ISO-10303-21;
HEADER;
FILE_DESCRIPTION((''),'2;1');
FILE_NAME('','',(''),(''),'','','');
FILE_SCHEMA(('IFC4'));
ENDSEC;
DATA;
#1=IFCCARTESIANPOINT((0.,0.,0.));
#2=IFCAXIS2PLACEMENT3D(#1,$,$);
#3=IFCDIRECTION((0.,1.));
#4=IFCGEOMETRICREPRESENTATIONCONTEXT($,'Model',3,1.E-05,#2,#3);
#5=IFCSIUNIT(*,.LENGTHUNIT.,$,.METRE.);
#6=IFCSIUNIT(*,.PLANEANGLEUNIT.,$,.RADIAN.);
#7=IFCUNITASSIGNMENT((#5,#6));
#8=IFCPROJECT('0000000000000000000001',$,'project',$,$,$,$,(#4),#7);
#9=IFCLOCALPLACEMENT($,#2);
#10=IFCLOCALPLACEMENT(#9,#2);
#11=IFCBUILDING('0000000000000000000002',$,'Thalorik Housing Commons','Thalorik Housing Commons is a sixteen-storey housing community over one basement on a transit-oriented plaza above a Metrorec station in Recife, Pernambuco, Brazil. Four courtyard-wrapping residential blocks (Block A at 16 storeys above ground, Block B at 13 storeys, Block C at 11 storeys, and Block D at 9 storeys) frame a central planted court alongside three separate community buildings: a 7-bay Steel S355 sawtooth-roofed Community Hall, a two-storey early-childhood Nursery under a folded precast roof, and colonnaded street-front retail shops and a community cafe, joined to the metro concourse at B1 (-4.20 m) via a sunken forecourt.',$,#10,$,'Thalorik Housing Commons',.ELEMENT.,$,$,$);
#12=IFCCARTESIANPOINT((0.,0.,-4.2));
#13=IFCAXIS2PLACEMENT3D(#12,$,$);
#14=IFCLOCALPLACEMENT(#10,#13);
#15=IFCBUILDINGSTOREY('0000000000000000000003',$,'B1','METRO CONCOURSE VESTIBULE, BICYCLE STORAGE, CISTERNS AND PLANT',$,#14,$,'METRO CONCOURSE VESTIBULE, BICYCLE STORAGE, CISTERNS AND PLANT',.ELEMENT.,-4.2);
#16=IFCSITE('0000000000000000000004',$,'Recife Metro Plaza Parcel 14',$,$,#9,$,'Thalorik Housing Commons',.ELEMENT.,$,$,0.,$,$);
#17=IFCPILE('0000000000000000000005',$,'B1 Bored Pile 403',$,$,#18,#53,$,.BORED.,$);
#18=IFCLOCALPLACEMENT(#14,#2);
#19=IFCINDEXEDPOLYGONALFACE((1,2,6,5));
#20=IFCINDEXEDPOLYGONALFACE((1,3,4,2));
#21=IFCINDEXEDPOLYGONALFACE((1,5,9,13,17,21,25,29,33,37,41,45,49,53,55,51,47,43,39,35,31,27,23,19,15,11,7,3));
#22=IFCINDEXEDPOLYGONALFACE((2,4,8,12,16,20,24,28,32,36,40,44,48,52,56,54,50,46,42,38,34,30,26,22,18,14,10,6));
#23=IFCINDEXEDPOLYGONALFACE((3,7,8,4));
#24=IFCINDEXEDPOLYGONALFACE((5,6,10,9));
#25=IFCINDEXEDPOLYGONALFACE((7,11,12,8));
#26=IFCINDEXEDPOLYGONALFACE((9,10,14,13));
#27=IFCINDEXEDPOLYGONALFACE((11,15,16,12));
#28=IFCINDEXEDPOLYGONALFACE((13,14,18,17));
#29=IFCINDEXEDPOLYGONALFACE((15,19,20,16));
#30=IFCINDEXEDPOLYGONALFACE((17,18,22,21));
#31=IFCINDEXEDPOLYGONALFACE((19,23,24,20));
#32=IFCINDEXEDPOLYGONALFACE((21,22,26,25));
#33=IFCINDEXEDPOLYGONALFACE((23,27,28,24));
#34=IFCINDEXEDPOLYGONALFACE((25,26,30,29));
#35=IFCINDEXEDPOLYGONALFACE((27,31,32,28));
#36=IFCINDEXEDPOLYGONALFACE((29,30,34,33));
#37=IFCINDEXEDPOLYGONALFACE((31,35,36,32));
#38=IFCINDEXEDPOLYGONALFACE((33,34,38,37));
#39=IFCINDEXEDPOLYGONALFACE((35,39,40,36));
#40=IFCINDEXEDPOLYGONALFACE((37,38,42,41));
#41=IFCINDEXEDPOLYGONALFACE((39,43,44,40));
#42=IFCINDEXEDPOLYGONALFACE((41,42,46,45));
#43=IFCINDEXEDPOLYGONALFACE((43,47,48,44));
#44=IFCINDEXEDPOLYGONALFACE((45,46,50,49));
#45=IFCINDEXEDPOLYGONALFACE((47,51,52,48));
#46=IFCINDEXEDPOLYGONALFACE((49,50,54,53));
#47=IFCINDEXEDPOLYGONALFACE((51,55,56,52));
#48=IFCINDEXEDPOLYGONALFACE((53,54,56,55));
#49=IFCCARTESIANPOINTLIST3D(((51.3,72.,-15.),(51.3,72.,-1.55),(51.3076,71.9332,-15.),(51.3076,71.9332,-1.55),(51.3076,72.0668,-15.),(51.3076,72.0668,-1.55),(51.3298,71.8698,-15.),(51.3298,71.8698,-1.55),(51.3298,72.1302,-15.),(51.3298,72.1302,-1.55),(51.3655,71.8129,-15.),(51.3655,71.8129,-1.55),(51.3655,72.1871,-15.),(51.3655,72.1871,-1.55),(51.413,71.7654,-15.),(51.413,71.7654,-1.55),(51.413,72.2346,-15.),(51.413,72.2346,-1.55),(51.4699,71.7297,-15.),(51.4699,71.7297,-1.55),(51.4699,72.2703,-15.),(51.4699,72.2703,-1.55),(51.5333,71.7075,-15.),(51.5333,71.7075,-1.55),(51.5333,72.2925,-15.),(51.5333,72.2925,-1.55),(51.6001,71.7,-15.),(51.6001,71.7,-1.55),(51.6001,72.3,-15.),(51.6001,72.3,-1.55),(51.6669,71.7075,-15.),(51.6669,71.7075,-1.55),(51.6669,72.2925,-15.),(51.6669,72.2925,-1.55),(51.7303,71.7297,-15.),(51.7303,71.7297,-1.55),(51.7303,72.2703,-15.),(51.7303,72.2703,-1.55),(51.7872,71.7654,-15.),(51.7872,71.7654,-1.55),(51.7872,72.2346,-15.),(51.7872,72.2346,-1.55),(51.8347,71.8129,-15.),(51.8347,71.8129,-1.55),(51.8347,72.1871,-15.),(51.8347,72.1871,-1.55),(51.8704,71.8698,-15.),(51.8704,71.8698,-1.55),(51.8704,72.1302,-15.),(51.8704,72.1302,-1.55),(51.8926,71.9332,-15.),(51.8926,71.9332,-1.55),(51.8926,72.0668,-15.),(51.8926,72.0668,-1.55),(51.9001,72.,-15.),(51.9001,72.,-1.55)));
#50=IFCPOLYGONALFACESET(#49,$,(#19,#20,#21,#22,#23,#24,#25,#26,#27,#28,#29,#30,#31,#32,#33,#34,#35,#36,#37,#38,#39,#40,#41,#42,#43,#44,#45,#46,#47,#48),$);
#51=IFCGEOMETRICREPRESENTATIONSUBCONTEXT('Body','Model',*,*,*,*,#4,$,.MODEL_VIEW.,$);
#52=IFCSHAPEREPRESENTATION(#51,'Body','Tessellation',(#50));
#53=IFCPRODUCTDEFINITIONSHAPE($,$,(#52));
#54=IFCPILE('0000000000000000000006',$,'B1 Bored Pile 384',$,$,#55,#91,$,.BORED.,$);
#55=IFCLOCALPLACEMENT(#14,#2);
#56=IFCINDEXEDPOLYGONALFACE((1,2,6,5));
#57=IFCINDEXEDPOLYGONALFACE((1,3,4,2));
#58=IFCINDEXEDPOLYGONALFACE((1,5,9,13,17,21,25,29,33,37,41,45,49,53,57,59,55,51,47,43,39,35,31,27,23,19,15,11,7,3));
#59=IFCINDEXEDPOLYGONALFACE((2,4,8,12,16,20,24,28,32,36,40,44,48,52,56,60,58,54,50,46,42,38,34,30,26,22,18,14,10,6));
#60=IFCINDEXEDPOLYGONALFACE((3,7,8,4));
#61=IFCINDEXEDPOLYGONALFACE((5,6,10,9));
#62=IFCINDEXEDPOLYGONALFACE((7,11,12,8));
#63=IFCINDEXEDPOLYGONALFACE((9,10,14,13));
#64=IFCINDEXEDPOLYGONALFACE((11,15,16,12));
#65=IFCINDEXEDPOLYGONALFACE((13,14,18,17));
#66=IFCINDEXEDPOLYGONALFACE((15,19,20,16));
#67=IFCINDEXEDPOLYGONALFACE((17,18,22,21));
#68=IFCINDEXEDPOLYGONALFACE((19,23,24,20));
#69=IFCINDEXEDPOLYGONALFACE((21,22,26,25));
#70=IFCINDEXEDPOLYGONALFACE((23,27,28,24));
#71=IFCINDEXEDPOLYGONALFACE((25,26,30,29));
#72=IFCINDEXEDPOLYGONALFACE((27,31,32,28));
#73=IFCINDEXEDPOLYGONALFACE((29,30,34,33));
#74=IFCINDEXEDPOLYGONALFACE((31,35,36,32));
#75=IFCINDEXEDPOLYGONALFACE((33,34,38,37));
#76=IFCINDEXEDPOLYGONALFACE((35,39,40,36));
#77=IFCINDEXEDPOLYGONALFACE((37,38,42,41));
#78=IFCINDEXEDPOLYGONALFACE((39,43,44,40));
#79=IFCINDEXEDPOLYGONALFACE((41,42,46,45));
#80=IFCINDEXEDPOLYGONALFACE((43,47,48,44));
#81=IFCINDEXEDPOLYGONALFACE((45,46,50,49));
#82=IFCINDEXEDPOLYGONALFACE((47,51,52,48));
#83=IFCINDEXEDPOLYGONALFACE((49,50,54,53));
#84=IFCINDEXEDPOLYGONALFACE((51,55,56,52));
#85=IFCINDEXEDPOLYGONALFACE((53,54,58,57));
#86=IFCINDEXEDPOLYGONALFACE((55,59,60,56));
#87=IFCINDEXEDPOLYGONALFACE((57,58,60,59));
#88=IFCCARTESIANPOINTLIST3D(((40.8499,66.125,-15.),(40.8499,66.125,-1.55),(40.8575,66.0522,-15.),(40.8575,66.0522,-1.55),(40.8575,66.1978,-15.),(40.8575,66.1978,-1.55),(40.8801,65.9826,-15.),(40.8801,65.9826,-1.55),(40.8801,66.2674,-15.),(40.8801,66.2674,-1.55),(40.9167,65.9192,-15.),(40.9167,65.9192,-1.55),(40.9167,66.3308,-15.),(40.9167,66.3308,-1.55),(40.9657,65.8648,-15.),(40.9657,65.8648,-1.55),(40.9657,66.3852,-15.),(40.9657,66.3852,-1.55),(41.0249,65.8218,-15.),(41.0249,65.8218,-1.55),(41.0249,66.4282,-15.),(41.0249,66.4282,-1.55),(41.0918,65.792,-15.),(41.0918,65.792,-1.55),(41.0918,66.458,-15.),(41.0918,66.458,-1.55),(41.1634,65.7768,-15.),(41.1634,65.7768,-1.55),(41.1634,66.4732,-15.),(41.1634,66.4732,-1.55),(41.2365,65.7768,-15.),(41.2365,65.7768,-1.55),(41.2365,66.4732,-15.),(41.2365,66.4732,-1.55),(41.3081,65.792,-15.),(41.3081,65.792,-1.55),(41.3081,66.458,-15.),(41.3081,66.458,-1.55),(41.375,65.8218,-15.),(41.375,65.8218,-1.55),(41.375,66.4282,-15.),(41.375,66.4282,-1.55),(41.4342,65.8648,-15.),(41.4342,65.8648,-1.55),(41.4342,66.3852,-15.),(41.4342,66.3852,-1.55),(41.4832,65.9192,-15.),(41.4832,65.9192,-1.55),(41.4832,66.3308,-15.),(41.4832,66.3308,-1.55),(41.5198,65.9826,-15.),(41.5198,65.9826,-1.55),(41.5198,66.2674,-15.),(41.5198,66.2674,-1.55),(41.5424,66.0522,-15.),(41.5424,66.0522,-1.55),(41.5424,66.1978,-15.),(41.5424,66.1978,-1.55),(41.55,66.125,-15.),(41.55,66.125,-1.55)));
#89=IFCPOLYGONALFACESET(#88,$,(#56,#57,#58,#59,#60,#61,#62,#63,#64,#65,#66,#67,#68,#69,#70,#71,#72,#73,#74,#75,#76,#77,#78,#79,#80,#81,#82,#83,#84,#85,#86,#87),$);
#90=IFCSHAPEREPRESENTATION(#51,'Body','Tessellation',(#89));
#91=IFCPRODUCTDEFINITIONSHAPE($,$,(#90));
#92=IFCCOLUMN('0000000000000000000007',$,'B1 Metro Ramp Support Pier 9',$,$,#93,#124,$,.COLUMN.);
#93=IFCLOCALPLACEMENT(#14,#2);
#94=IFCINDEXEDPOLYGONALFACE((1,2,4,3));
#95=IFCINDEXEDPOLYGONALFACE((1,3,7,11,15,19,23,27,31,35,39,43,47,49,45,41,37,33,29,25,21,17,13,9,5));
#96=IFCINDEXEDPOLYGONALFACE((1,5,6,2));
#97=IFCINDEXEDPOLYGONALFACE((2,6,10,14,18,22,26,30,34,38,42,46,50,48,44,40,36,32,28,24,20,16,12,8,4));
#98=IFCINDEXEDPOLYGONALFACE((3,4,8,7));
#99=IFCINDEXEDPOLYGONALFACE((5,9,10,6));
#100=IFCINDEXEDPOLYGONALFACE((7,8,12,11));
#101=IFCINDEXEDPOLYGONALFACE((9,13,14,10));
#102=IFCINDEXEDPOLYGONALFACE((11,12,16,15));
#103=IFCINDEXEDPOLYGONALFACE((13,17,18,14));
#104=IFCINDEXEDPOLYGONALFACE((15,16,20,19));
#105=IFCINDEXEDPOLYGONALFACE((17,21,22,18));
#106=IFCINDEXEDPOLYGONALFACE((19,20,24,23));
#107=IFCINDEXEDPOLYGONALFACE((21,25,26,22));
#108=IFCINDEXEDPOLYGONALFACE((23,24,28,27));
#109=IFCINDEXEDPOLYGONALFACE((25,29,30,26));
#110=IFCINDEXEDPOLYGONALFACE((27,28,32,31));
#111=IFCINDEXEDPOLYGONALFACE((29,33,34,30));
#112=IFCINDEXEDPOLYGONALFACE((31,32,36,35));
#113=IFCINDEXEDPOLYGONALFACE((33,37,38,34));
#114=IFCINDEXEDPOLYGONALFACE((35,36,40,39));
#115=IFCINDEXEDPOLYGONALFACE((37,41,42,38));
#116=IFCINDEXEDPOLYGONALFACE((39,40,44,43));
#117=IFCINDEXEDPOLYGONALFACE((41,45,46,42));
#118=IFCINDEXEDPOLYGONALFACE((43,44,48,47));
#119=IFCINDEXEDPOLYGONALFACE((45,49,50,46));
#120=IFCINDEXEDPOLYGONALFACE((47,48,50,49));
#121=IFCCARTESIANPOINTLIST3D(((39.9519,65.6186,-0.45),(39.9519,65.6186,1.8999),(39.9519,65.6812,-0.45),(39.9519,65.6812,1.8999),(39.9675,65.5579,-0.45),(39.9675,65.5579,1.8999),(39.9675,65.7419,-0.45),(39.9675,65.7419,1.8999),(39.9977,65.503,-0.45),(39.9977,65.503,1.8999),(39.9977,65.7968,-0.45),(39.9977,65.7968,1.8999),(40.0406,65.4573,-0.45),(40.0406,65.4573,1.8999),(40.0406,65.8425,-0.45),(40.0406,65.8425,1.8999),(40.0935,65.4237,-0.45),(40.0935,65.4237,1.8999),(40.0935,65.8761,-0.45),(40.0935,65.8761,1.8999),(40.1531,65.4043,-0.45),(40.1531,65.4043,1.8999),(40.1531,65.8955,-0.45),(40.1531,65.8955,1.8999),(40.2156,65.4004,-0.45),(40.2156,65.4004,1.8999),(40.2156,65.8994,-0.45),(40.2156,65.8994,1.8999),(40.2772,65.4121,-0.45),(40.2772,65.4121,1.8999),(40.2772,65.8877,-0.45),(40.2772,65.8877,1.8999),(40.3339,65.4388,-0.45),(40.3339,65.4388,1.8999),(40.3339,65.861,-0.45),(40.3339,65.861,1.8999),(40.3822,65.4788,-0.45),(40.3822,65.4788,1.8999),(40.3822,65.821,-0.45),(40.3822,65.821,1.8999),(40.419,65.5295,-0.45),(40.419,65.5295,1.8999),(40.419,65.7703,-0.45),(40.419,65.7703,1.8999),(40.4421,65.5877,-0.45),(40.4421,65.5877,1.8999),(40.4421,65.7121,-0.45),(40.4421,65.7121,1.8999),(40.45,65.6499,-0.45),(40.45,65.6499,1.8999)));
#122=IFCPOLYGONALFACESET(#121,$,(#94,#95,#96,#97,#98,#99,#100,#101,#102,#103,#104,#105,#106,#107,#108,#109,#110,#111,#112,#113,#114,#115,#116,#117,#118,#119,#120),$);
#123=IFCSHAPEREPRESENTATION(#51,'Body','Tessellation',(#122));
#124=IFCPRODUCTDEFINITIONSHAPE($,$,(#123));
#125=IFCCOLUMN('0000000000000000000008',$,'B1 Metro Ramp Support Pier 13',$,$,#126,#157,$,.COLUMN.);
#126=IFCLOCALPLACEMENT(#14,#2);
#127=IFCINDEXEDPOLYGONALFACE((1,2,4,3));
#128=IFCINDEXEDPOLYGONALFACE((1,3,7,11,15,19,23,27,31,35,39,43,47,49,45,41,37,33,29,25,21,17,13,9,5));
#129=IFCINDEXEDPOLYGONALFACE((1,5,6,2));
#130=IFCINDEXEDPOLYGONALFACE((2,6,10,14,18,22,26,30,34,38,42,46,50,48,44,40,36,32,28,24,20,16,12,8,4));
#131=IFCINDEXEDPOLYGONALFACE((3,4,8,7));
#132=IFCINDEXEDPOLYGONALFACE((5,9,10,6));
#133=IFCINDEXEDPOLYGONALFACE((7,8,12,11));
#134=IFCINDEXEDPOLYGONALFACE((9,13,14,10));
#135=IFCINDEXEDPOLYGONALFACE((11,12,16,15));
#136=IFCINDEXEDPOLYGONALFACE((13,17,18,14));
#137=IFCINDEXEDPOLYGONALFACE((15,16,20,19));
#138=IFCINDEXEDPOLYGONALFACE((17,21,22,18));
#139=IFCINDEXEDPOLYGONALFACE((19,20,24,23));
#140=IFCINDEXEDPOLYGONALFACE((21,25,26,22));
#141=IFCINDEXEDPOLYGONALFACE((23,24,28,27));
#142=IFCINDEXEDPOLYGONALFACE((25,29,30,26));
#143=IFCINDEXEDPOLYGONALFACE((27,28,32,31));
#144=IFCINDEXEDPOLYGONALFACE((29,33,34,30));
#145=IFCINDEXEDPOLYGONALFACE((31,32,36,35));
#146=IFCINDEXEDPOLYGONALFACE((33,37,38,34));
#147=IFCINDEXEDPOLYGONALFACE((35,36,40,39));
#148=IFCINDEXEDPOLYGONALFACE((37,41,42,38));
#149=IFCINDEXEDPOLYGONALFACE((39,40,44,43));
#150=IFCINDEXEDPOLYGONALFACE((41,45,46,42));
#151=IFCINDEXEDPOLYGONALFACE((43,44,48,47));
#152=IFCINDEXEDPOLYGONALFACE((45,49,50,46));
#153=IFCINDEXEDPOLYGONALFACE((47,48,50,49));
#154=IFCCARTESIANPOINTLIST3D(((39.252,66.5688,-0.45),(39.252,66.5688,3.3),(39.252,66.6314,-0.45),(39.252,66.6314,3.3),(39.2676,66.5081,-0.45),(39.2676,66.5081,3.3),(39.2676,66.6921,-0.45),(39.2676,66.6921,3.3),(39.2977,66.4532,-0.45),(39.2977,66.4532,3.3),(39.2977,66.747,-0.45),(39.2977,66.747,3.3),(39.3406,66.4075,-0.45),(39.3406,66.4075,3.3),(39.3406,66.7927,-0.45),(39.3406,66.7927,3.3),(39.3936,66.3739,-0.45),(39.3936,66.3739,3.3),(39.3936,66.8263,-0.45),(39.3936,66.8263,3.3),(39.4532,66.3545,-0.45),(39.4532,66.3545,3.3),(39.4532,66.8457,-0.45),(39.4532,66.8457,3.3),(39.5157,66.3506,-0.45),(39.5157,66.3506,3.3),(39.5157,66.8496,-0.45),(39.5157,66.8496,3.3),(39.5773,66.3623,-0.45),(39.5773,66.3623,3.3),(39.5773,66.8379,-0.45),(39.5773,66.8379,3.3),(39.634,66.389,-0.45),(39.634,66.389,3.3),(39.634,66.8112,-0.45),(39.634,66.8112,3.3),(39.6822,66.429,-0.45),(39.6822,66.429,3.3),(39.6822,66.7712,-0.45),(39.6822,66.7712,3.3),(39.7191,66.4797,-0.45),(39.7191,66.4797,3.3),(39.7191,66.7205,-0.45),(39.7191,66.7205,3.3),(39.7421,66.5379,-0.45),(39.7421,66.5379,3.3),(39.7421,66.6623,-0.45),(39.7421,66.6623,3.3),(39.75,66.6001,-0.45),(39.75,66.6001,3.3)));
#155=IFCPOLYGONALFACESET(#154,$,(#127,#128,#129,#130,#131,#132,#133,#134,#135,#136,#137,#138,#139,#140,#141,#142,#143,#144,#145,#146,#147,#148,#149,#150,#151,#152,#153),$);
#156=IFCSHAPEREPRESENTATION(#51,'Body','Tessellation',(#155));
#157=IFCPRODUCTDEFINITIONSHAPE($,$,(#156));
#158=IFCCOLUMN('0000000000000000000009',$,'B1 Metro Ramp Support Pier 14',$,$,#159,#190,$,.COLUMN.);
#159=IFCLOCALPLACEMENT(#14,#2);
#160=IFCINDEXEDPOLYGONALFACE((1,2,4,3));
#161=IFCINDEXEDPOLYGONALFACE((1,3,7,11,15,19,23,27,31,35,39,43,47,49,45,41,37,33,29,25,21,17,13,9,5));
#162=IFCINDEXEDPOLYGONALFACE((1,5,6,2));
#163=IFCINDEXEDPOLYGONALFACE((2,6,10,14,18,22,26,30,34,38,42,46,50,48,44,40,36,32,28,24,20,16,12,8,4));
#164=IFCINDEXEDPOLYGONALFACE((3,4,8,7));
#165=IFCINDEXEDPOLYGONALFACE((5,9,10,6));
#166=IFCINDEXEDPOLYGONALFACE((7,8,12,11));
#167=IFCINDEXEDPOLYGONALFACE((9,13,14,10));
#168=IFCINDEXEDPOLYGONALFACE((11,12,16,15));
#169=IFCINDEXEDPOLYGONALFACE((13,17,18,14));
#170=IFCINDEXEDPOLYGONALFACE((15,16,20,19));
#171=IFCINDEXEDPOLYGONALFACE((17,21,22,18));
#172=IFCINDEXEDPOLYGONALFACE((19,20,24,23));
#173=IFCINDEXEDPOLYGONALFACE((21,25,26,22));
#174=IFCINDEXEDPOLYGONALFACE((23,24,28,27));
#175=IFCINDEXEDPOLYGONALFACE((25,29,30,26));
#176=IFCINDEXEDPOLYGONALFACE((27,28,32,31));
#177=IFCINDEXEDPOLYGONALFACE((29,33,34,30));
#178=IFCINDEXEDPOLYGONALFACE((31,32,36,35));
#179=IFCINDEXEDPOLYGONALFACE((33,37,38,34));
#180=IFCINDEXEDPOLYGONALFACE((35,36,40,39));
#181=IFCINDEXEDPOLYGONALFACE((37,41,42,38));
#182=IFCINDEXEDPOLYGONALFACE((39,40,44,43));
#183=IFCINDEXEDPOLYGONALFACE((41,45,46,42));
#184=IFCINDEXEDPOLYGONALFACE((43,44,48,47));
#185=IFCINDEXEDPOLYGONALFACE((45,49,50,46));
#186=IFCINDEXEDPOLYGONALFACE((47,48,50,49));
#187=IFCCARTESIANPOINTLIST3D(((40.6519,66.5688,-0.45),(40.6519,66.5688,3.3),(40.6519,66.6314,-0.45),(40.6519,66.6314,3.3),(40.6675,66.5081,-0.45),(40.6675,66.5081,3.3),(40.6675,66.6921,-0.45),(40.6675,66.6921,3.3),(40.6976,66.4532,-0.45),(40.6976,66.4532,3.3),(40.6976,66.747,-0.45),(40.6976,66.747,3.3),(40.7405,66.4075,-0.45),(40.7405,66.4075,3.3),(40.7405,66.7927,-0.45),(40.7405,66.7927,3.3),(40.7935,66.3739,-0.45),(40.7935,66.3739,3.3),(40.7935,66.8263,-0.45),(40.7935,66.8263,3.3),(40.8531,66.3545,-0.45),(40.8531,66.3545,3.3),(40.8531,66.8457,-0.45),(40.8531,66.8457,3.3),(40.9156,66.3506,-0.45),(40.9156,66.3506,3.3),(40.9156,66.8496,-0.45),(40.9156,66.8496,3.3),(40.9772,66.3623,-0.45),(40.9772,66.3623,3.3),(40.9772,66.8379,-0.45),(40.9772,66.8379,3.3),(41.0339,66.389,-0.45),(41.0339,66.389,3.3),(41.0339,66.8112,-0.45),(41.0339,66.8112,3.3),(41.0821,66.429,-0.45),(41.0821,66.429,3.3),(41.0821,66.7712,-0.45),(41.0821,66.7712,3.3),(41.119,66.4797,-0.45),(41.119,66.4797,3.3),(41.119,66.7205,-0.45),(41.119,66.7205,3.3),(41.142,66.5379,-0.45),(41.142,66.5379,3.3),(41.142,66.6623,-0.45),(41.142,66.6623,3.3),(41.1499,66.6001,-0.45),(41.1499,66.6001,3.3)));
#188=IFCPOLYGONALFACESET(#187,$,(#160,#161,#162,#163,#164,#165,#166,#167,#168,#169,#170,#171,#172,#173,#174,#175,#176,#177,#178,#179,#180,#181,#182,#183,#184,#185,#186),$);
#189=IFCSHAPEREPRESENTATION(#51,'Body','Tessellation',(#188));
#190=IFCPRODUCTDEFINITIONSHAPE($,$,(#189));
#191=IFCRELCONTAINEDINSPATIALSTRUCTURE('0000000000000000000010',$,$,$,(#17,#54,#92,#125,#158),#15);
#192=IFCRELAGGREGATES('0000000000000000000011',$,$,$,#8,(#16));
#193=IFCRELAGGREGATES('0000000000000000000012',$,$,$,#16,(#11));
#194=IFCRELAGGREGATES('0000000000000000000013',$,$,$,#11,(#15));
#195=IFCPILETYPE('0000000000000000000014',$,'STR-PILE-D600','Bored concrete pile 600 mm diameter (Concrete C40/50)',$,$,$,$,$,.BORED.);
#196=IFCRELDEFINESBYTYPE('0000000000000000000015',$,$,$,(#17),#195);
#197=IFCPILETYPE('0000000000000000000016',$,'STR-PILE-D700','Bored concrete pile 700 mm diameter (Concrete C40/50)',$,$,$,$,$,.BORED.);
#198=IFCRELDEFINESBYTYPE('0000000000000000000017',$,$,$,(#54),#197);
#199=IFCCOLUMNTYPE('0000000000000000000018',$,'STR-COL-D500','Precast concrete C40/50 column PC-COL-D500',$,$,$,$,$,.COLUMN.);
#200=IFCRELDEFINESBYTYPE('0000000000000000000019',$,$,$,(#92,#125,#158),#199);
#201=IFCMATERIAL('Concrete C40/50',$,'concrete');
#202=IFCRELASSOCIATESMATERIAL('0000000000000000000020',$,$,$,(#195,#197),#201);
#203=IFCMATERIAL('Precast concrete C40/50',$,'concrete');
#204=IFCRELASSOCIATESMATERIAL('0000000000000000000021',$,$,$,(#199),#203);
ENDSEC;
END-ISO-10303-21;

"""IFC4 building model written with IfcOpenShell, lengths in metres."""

from ifc_helpers import new_model, si_unit, direction, frame, origin, origin_2d, place, context, subcontext, project, spatial, circle, extrude, material, material_profile, profile_set, type_object, element, save


model = new_model("IFC4")

# Units and contexts
model_context = context("Model", 3, precision=1e-05, world=origin(), true_north=direction((0.0, 1.0)))
body_context = subcontext(model_context, "Body", "Model", "MODEL_VIEW")
ifc_project = project(units=[si_unit("LENGTHUNIT", "METRE"), si_unit("PLANEANGLEUNIT", "RADIAN")], contexts=[model_context])

# Site, building, storey
site_placement = place(None, origin())
site = spatial("IfcSite", under=ifc_project, at=site_placement, Name="Recife Metro Plaza Parcel 14", LongName="Thalorik Housing Commons", CompositionType="ELEMENT", RefElevation=0.0)
building_placement = place(site_placement, origin())
building = spatial("IfcBuilding", under=site, at=building_placement, Name="Thalorik Housing Commons", Description="Thalorik Housing Commons is a sixteen-storey housing community over one basement on a transit-oriented plaza above a Metrorec station in Recife, Pernambuco, Brazil. Four courtyard-wrapping residential blocks (Block A at 16 storeys above ground, Block B at 13 storeys, Block C at 11 storeys, and Block D at 9 storeys) frame a central planted court alongside three separate community buildings: a 7-bay Steel S355 sawtooth-roofed Community Hall, a two-storey early-childhood Nursery under a folded precast roof, and colonnaded street-front retail shops and a community cafe, joined to the metro concourse at B1 (-4.20 m) via a sunken forecourt.", LongName="Thalorik Housing Commons", CompositionType="ELEMENT")
storey_placement = place(building_placement, frame((0.0, 0.0, -4.2)))
storey = spatial("IfcBuildingStorey", under=building, at=storey_placement, Name="B1", Description="METRO CONCOURSE VESTIBULE, BICYCLE STORAGE, CISTERNS AND PLANT", LongName="METRO CONCOURSE VESTIBULE, BICYCLE STORAGE, CISTERNS AND PLANT", CompositionType="ELEMENT", Elevation=-4.2)

# Shared definitions
ifc_material_1 = material(Name="Concrete C40/50", Category="concrete")

# Piles
ifc_material_profile_1 = material_profile(ifc_material_1, circle(Radius=0.3, at=origin_2d()), Name="BORED PILE D600", Category="concrete")
ifc_profile_set_1 = profile_set([ifc_material_profile_1], Name="Concrete C40/50")
pile_type_1 = type_object("IfcPileType", Name="STR-PILE-D600", Description="Bored concrete pile 600 mm diameter (Concrete C40/50)", PredefinedType="BORED", material=ifc_profile_set_1)
for number, where, z_axis, x_axis, name in (
    (1, (51.6001, 72.0, -1.55), (0.0, 0.0, -1.0), (1.0, 0.0, 0.0), "B1 Bored Pile 403"),
):
    element("IfcPile", number, at=place(storey_placement, frame(where, z_axis=z_axis, x_axis=x_axis)), inside=storey, type_object=pile_type_1, Name=name, PredefinedType="BORED", context=body_context, shape_type="SweptSolid", body=[
        extrude(circle(Radius=0.3, at=origin_2d()), origin(), (0.0, 0.0, 1.0), 13.45),
    ])
ifc_material_profile_2 = material_profile(ifc_material_1, circle(Radius=0.3501, at=origin_2d()), Name="BORED PILE D700", Category="concrete")
ifc_profile_set_2 = profile_set([ifc_material_profile_2], Name="Concrete C40/50")
pile_type_2 = type_object("IfcPileType", Name="STR-PILE-D700", Description="Bored concrete pile 700 mm diameter (Concrete C40/50)", PredefinedType="BORED", material=ifc_profile_set_2)
pile_placement = place(storey_placement, frame((41.2, 66.125, -1.55), z_axis=(0.0, 0.0, -1.0), x_axis=(1.0, 0.0, 0.0)))
element("IfcPile", 2, at=pile_placement, inside=storey, type_object=pile_type_2, Name="B1 Bored Pile 384", PredefinedType="BORED", context=body_context, shape_type="SweptSolid", body=[
    extrude(circle(Radius=0.3501, at=origin_2d()), origin(), (0.0, 0.0, 1.0), 13.45),
])

# Columns
ifc_material_2 = material(Name="Precast concrete C40/50", Category="concrete")
ifc_material_profile_3 = material_profile(ifc_material_2, circle(Radius=0.25, at=origin_2d()), Name="PC D500", Category="concrete")
ifc_profile_set_3 = profile_set([ifc_material_profile_3], Name="Precast concrete C40/50")
column_type_1 = type_object("IfcColumnType", Name="STR-COL-D500", Description="Precast concrete C40/50 column PC-COL-D500", PredefinedType="COLUMN", material=ifc_profile_set_3)
column_placement = place(storey_placement, frame((40.2, 65.6499, -0.45), z_axis=(0.0, 0.0, 1.0), x_axis=(1.0, 0.0, 0.0)))
element("IfcColumn", 3, at=column_placement, inside=storey, type_object=column_type_1, Name="B1 Metro Ramp Support Pier 9", PredefinedType="COLUMN", context=body_context, shape_type="SweptSolid", body=[
    extrude(circle(Radius=0.25, at=origin_2d()), origin(), (0.0, 0.0, 1.0), 2.3499),
])
for number, where, z_axis, x_axis, name in (
    (4, (39.5, 66.6001, -0.45), (0.0, 0.0, 1.0), (1.0, 0.0, 0.0), "B1 Metro Ramp Support Pier 13"),
    (5, (40.8999, 66.6001, -0.45), (0.0, 0.0, 1.0), (1.0, 0.0, 0.0), "B1 Metro Ramp Support Pier 14"),
):
    element("IfcColumn", number, at=place(storey_placement, frame(where, z_axis=z_axis, x_axis=x_axis)), inside=storey, type_object=column_type_1, Name=name, PredefinedType="COLUMN", context=body_context, shape_type="SweptSolid", body=[
        extrude(circle(Radius=0.25, at=origin_2d()), origin(), (0.0, 0.0, 1.0), 3.75),
    ])

save(model, "model.ifc")
